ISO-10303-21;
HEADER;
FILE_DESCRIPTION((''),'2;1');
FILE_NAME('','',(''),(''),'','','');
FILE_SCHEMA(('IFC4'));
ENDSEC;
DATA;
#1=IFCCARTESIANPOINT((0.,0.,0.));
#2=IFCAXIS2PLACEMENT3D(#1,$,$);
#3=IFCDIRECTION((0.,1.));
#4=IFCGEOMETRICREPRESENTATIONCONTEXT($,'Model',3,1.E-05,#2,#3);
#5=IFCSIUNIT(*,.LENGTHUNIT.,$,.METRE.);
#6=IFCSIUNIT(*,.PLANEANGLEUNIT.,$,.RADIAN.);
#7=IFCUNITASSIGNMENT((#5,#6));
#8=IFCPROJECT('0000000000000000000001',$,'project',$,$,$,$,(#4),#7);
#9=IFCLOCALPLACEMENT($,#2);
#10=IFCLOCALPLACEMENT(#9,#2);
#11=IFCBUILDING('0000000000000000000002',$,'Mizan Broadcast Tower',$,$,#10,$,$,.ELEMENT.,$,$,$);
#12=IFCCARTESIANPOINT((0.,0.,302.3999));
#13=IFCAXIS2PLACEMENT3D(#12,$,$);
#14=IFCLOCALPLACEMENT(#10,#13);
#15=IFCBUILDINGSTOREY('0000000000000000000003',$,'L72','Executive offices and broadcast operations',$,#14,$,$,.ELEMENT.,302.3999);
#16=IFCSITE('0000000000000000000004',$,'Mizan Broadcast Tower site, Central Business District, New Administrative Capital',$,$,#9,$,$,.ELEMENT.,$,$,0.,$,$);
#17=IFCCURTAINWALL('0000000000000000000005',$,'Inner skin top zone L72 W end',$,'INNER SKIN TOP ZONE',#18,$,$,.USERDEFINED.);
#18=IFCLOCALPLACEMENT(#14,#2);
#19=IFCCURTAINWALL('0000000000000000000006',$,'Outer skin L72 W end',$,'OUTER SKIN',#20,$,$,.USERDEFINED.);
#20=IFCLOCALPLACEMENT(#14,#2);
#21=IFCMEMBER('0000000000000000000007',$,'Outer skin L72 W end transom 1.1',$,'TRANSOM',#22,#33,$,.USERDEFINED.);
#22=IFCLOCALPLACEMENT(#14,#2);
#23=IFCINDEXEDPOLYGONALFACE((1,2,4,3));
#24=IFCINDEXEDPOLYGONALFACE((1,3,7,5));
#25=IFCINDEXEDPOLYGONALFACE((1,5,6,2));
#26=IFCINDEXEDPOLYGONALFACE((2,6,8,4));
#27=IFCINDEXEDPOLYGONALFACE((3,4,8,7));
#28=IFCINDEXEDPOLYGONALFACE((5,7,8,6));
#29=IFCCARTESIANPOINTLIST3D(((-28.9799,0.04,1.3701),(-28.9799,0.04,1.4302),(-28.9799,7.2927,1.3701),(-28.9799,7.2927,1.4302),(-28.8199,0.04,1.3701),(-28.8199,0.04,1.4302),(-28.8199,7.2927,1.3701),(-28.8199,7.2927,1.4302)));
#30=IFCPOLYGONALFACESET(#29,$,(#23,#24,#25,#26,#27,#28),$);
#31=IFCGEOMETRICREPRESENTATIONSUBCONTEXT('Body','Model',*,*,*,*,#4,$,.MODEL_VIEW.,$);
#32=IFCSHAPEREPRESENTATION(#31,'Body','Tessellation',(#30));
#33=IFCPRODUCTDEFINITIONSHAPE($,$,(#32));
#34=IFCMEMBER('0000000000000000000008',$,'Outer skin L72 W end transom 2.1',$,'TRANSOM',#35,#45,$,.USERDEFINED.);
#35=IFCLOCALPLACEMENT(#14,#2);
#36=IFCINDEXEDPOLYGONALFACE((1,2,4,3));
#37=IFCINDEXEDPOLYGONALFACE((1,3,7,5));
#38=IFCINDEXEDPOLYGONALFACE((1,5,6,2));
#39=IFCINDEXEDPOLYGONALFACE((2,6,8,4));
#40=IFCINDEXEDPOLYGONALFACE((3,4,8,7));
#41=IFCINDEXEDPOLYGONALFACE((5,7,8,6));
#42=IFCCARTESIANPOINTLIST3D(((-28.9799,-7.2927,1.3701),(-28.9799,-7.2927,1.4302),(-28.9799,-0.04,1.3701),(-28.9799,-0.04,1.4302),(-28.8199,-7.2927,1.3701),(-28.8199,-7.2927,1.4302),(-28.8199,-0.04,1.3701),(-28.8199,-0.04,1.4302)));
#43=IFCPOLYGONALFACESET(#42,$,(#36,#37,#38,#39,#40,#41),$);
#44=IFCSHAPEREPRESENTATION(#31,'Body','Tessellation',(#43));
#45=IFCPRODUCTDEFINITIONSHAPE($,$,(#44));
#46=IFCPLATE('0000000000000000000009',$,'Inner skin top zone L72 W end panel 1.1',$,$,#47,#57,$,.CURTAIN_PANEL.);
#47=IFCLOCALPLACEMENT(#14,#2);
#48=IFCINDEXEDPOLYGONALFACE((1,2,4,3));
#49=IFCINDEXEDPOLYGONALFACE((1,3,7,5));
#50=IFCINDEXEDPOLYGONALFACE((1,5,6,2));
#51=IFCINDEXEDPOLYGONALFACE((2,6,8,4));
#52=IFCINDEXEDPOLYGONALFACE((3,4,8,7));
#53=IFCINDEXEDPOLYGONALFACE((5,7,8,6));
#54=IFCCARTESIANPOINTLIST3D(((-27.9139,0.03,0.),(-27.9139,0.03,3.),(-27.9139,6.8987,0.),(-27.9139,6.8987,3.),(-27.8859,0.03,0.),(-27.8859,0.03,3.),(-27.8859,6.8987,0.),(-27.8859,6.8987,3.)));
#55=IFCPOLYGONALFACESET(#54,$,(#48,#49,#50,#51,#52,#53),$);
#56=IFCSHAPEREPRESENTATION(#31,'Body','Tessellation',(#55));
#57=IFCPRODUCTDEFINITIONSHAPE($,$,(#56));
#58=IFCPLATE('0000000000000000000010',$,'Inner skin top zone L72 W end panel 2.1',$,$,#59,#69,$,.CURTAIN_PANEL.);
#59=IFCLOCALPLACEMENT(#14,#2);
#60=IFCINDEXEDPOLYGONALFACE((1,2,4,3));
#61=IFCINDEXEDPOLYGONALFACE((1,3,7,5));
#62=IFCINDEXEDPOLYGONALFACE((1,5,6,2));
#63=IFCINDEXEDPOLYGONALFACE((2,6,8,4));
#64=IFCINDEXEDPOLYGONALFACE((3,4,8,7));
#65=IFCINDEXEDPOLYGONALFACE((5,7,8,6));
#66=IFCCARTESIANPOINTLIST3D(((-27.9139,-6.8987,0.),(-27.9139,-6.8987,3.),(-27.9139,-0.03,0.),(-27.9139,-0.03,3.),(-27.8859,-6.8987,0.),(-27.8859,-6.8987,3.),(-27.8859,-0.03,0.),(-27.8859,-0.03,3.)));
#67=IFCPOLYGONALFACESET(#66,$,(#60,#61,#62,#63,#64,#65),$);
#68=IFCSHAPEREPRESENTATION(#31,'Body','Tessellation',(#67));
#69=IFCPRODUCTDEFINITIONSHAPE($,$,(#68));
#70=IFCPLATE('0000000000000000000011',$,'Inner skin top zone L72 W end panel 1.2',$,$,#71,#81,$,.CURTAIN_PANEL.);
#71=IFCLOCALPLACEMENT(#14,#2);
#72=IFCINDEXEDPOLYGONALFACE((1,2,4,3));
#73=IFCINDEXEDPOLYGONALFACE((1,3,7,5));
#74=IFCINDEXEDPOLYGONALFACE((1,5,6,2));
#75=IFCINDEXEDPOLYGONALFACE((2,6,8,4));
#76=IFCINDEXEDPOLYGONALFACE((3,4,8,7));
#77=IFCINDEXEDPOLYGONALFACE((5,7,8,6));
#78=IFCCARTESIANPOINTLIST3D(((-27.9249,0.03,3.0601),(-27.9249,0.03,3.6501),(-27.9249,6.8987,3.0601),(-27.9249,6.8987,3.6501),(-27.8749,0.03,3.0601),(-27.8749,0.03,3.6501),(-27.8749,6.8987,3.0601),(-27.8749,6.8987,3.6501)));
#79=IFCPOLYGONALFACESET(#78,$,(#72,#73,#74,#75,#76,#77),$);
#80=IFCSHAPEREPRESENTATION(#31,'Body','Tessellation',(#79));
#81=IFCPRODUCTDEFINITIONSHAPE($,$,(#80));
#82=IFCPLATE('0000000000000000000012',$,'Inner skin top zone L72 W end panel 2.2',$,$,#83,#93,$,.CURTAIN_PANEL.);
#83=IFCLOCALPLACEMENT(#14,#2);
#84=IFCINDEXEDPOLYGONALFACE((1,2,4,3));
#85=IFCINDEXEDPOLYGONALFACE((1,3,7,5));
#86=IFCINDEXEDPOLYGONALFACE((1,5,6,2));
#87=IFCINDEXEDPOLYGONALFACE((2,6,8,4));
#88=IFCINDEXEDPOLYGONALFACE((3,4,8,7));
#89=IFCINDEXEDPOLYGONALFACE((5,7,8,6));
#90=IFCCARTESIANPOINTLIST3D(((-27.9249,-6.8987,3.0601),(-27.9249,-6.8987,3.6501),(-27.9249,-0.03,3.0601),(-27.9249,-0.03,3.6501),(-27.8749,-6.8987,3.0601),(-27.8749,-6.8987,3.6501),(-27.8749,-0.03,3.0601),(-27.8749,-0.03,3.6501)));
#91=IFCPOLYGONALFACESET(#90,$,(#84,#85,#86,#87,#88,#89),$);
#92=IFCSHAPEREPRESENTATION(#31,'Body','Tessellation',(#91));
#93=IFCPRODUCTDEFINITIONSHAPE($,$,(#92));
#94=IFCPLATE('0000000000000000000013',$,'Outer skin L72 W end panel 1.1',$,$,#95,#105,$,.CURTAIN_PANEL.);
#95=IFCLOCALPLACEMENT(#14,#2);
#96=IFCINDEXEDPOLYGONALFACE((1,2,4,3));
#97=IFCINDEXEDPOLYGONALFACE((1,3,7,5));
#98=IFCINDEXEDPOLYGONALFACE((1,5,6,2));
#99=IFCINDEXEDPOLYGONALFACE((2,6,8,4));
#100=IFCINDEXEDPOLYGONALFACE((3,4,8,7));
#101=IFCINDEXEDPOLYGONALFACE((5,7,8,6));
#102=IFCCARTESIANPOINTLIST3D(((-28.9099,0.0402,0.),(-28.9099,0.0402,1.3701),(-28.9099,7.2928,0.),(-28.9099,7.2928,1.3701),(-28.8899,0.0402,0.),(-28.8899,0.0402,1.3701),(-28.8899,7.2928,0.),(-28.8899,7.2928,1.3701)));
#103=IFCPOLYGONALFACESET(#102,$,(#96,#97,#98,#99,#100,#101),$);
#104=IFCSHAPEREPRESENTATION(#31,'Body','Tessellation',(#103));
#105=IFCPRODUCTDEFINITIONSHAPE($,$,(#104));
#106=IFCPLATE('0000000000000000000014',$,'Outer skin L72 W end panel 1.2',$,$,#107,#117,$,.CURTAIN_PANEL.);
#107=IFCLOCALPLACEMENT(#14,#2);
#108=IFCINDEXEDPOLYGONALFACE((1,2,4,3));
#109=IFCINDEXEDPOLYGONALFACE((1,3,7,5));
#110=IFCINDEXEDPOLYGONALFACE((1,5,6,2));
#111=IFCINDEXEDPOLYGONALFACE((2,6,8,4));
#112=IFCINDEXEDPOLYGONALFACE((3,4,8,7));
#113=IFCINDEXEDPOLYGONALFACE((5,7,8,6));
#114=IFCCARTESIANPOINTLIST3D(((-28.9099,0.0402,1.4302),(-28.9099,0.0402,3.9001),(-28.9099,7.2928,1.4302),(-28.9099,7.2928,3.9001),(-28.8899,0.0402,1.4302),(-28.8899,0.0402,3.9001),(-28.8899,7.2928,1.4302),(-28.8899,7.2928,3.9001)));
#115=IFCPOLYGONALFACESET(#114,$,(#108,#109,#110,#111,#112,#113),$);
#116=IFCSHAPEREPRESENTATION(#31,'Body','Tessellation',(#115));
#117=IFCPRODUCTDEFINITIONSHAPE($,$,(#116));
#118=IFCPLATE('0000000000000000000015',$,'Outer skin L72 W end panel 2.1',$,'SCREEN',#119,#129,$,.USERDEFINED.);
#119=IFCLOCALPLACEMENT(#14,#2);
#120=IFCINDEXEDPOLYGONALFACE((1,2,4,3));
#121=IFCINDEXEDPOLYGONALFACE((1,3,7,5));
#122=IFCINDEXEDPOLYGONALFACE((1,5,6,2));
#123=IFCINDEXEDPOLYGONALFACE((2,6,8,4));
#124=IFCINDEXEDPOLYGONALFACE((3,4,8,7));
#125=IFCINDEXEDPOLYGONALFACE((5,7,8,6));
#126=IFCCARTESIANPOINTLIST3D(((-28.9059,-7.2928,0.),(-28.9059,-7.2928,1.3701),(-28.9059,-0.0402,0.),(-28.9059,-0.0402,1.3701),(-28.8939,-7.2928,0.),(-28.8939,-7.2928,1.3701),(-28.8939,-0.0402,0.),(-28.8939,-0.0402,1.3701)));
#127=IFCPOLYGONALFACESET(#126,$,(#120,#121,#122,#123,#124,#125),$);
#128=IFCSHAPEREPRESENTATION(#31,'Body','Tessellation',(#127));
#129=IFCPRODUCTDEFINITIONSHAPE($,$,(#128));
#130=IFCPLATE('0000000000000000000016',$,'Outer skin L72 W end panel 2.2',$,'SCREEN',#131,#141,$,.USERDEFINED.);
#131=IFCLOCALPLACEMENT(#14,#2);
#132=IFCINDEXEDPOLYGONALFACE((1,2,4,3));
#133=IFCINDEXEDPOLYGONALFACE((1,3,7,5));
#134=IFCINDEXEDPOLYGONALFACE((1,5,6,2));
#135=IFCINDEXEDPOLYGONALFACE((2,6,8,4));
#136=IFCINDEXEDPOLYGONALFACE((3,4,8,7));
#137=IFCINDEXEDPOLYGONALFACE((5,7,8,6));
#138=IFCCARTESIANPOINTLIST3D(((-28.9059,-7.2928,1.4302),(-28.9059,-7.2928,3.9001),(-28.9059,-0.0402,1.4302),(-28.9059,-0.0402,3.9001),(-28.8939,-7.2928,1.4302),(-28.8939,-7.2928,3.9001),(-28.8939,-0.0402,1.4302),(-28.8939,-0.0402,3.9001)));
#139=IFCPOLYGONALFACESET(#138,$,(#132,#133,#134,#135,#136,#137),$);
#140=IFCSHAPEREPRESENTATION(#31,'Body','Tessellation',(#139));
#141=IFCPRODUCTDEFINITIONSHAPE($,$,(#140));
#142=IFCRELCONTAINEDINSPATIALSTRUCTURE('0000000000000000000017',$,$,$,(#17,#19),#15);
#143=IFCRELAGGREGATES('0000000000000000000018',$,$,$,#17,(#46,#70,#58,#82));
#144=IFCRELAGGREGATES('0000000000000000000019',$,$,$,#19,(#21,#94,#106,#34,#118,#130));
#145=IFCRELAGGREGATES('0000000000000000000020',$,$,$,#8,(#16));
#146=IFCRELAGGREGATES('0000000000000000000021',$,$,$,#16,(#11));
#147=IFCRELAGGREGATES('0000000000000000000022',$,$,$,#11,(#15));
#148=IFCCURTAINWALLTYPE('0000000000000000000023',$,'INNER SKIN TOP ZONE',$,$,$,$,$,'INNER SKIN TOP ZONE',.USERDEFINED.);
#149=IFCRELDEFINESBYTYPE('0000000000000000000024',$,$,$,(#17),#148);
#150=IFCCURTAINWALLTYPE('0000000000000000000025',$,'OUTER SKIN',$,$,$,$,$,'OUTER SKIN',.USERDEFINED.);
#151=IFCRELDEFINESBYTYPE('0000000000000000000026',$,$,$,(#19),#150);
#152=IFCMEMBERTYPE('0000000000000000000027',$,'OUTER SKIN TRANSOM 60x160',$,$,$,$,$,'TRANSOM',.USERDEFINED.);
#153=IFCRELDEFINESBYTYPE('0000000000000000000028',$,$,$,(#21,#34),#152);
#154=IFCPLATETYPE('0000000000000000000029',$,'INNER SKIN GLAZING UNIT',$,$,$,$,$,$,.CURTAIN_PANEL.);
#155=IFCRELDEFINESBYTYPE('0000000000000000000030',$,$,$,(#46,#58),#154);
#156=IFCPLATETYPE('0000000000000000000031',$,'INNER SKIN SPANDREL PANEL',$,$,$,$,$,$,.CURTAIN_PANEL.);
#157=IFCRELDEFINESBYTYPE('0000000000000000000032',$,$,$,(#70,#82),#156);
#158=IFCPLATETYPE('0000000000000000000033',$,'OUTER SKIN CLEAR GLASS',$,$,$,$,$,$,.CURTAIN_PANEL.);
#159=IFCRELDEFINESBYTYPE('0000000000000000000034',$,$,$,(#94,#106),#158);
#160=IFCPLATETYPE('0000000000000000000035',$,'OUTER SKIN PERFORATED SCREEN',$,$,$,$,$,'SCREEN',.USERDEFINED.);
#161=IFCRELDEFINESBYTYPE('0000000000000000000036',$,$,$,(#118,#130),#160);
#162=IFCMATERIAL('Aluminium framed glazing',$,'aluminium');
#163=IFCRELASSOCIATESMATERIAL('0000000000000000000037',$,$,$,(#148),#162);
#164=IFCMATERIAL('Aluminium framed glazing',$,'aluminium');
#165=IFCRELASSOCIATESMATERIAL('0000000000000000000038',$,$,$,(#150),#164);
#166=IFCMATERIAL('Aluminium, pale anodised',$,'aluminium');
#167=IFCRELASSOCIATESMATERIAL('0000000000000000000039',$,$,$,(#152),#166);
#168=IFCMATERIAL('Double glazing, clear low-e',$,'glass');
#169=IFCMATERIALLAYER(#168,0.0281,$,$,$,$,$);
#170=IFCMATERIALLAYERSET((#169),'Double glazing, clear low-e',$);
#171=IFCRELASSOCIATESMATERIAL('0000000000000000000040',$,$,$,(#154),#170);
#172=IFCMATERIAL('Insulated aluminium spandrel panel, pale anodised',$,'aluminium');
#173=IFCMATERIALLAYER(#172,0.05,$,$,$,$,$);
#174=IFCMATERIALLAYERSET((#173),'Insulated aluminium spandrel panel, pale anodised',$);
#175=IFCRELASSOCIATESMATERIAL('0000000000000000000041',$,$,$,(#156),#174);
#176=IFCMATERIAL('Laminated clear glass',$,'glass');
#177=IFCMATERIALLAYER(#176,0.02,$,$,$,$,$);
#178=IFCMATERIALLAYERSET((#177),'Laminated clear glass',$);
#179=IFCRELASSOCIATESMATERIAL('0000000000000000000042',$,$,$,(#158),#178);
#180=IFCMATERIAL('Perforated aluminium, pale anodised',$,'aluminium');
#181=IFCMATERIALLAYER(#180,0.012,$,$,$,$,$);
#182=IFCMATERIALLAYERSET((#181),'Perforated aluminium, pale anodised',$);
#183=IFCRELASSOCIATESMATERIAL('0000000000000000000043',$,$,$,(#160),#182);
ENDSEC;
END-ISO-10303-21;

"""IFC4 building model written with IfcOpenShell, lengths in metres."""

from ifc_helpers import new_model, si_unit, direction, frame, origin, origin_2d, place, context, subcontext, project, spatial, rectangle, extrude, material, layer, layer_set, material_profile, profile_set, type_object, element, aggregate, save


model = new_model("IFC4")

# Units and contexts
model_context = context("Model", 3, precision=1e-05, world=origin(), true_north=direction((0.0, 1.0)))
body_context = subcontext(model_context, "Body", "Model", "MODEL_VIEW")
ifc_project = project(units=[si_unit("LENGTHUNIT", "METRE"), si_unit("PLANEANGLEUNIT", "RADIAN")], contexts=[model_context])

# Site, building, storey
site_placement = place(None, origin())
site = spatial("IfcSite", under=ifc_project, at=site_placement, Name="Mizan Broadcast Tower site, Central Business District, New Administrative Capital", CompositionType="ELEMENT", RefElevation=0.0)
building_placement = place(site_placement, origin())
building = spatial("IfcBuilding", under=site, at=building_placement, Name="Mizan Broadcast Tower", CompositionType="ELEMENT")
storey_placement = place(building_placement, frame((0.0, 0.0, 302.3999)))
storey = spatial("IfcBuildingStorey", under=building, at=storey_placement, Name="L72", Description="Executive offices and broadcast operations", CompositionType="ELEMENT", Elevation=302.3999)

# Shared definitions
ifc_material_1 = material(Name="Aluminium framed glazing", Category="aluminium")
curtain_wall_type_1 = type_object("IfcCurtainWallType", Name="INNER SKIN TOP ZONE", ElementType="INNER SKIN TOP ZONE", PredefinedType="USERDEFINED", material=ifc_material_1)

# Curtain walls, members
curtain_wall_1_placement = place(storey_placement, origin())
curtain_wall_1 = element("IfcCurtainWall", 1, at=curtain_wall_1_placement, inside=storey, type_object=curtain_wall_type_1, Name="Inner skin top zone L72 W end", ObjectType="INNER SKIN TOP ZONE", PredefinedType="USERDEFINED")
ifc_material_2 = material(Name="Aluminium framed glazing", Category="aluminium")
curtain_wall_type_2 = type_object("IfcCurtainWallType", Name="OUTER SKIN", ElementType="OUTER SKIN", PredefinedType="USERDEFINED", material=ifc_material_2)
curtain_wall_2_placement = place(storey_placement, origin())
curtain_wall_2 = element("IfcCurtainWall", 2, at=curtain_wall_2_placement, inside=storey, type_object=curtain_wall_type_2, Name="Outer skin L72 W end", ObjectType="OUTER SKIN", PredefinedType="USERDEFINED")
ifc_material_3 = material(Name="Aluminium, pale anodised", Category="aluminium")
ifc_material_profile_1 = material_profile(ifc_material_3, rectangle(XDim=0.1599, YDim=0.0601, at=origin_2d()), Name="TRANSOM 160x60")
ifc_profile_set_1 = profile_set([ifc_material_profile_1], Name="Aluminium, pale anodised")
member_type_1 = type_object("IfcMemberType", Name="OUTER SKIN TRANSOM 60x160", ElementType="TRANSOM", PredefinedType="USERDEFINED", material=ifc_profile_set_1)
member_1_placement = place(storey_placement, frame((-28.8999, 7.2927, 1.4001), z_axis=(0.0, -1.0, 0.0), x_axis=(1.0, 0.0, 0.0)))
member_1 = element("IfcMember", 3, at=member_1_placement, type_object=member_type_1, Name="Outer skin L72 W end transom 1.1", ObjectType="TRANSOM", PredefinedType="USERDEFINED", context=body_context, shape_type="SweptSolid", body=[
    extrude(rectangle(XDim=0.1599, YDim=0.0601, at=origin_2d()), origin(), (0.0, 0.0, 1.0), 7.2527),
])
member_2_placement = place(storey_placement, frame((-28.8999, -0.04, 1.4001), z_axis=(0.0, -1.0, 0.0), x_axis=(1.0, 0.0, 0.0)))
member_2 = element("IfcMember", 4, at=member_2_placement, type_object=member_type_1, Name="Outer skin L72 W end transom 2.1", ObjectType="TRANSOM", PredefinedType="USERDEFINED", context=body_context, shape_type="SweptSolid", body=[
    extrude(rectangle(XDim=0.1599, YDim=0.0601, at=origin_2d()), origin(), (0.0, 0.0, 1.0), 7.2527),
])

# Plates
ifc_material_4 = material(Name="Double glazing, clear low-e", Category="glass")
ifc_layer_1 = layer(ifc_material_4, 0.0281)
ifc_layer_set_1 = layer_set([ifc_layer_1], Name="Double glazing, clear low-e")
plate_type_1 = type_object("IfcPlateType", Name="INNER SKIN GLAZING UNIT", PredefinedType="CURTAIN_PANEL", material=ifc_layer_set_1)
plate_1_placement = place(storey_placement, frame((-27.8999, 3.4644, 0.0), z_axis=(0.0, 0.0, 1.0), x_axis=(0.0, -1.0, 0.0)))
plate_1 = element("IfcPlate", 5, at=plate_1_placement, type_object=plate_type_1, Name="Inner skin top zone L72 W end panel 1.1", PredefinedType="CURTAIN_PANEL", context=body_context, shape_type="SweptSolid", body=[
    extrude(rectangle(XDim=6.8687, YDim=0.0281, at=origin_2d()), origin(), (0.0, 0.0, 1.0), 3.0),
])
plate_2_placement = place(storey_placement, frame((-27.8999, -3.4644, 0.0), z_axis=(0.0, 0.0, 1.0), x_axis=(0.0, -1.0, 0.0)))
plate_2 = element("IfcPlate", 6, at=plate_2_placement, type_object=plate_type_1, Name="Inner skin top zone L72 W end panel 2.1", PredefinedType="CURTAIN_PANEL", context=body_context, shape_type="SweptSolid", body=[
    extrude(rectangle(XDim=6.8687, YDim=0.0281, at=origin_2d()), origin(), (0.0, 0.0, 1.0), 3.0),
])
ifc_material_5 = material(Name="Insulated aluminium spandrel panel, pale anodised", Category="aluminium")
ifc_layer_2 = layer(ifc_material_5, 0.05)
ifc_layer_set_2 = layer_set([ifc_layer_2], Name="Insulated aluminium spandrel panel, pale anodised")
plate_type_2 = type_object("IfcPlateType", Name="INNER SKIN SPANDREL PANEL", PredefinedType="CURTAIN_PANEL", material=ifc_layer_set_2)
plate_3_placement = place(storey_placement, frame((-27.8999, 3.4644, 3.0601), z_axis=(0.0, 0.0, 1.0), x_axis=(0.0, -1.0, 0.0)))
plate_3 = element("IfcPlate", 7, at=plate_3_placement, type_object=plate_type_2, Name="Inner skin top zone L72 W end panel 1.2", PredefinedType="CURTAIN_PANEL", context=body_context, shape_type="SweptSolid", body=[
    extrude(rectangle(XDim=6.8687, YDim=0.05, at=origin_2d()), origin(), (0.0, 0.0, 1.0), 0.5901),
])
plate_4_placement = place(storey_placement, frame((-27.8999, -3.4644, 3.0601), z_axis=(0.0, 0.0, 1.0), x_axis=(0.0, -1.0, 0.0)))
plate_4 = element("IfcPlate", 8, at=plate_4_placement, type_object=plate_type_2, Name="Inner skin top zone L72 W end panel 2.2", PredefinedType="CURTAIN_PANEL", context=body_context, shape_type="SweptSolid", body=[
    extrude(rectangle(XDim=6.8687, YDim=0.05, at=origin_2d()), origin(), (0.0, 0.0, 1.0), 0.5901),
])
aggregate(curtain_wall_1, [plate_1, plate_3, plate_2, plate_4])
ifc_material_6 = material(Name="Laminated clear glass", Category="glass")
ifc_layer_3 = layer(ifc_material_6, 0.02)
ifc_layer_set_3 = layer_set([ifc_layer_3], Name="Laminated clear glass")
plate_type_3 = type_object("IfcPlateType", Name="OUTER SKIN CLEAR GLASS", PredefinedType="CURTAIN_PANEL", material=ifc_layer_set_3)
plate_5_placement = place(storey_placement, frame((-28.8999, 3.6665, 0.0), z_axis=(0.0, 0.0, 1.0), x_axis=(0.0, -1.0, 0.0)))
plate_5 = element("IfcPlate", 9, at=plate_5_placement, type_object=plate_type_3, Name="Outer skin L72 W end panel 1.1", PredefinedType="CURTAIN_PANEL", context=body_context, shape_type="SweptSolid", body=[
    extrude(rectangle(XDim=7.2527, YDim=0.02, at=origin_2d()), origin(), (0.0, 0.0, 1.0), 1.3701),
])
plate_6_placement = place(storey_placement, frame((-28.8999, 3.6665, 1.4302), z_axis=(0.0, 0.0, 1.0), x_axis=(0.0, -1.0, 0.0)))
plate_6 = element("IfcPlate", 10, at=plate_6_placement, type_object=plate_type_3, Name="Outer skin L72 W end panel 1.2", PredefinedType="CURTAIN_PANEL", context=body_context, shape_type="SweptSolid", body=[
    extrude(rectangle(XDim=7.2527, YDim=0.02, at=origin_2d()), origin(), (0.0, 0.0, 1.0), 2.47),
])
ifc_material_7 = material(Name="Perforated aluminium, pale anodised", Category="aluminium")
ifc_layer_4 = layer(ifc_material_7, 0.012)
ifc_layer_set_4 = layer_set([ifc_layer_4], Name="Perforated aluminium, pale anodised")
plate_type_4 = type_object("IfcPlateType", Name="OUTER SKIN PERFORATED SCREEN", ElementType="SCREEN", PredefinedType="USERDEFINED", material=ifc_layer_set_4)
plate_7_placement = place(storey_placement, frame((-28.8999, -3.6665, 0.0), z_axis=(0.0, 0.0, 1.0), x_axis=(0.0, -1.0, 0.0)))
plate_7 = element("IfcPlate", 11, at=plate_7_placement, type_object=plate_type_4, Name="Outer skin L72 W end panel 2.1", ObjectType="SCREEN", PredefinedType="USERDEFINED", context=body_context, shape_type="SweptSolid", body=[
    extrude(rectangle(XDim=7.2527, YDim=0.012, at=origin_2d()), origin(), (0.0, 0.0, 1.0), 1.3701),
])
plate_8_placement = place(storey_placement, frame((-28.8999, -3.6665, 1.4302), z_axis=(0.0, 0.0, 1.0), x_axis=(0.0, -1.0, 0.0)))
plate_8 = element("IfcPlate", 12, at=plate_8_placement, type_object=plate_type_4, Name="Outer skin L72 W end panel 2.2", ObjectType="SCREEN", PredefinedType="USERDEFINED", context=body_context, shape_type="SweptSolid", body=[
    extrude(rectangle(XDim=7.2527, YDim=0.012, at=origin_2d()), origin(), (0.0, 0.0, 1.0), 2.47),
])
aggregate(curtain_wall_2, [member_1, plate_5, plate_6, member_2, plate_7, plate_8])

save(model, "model.ifc")
